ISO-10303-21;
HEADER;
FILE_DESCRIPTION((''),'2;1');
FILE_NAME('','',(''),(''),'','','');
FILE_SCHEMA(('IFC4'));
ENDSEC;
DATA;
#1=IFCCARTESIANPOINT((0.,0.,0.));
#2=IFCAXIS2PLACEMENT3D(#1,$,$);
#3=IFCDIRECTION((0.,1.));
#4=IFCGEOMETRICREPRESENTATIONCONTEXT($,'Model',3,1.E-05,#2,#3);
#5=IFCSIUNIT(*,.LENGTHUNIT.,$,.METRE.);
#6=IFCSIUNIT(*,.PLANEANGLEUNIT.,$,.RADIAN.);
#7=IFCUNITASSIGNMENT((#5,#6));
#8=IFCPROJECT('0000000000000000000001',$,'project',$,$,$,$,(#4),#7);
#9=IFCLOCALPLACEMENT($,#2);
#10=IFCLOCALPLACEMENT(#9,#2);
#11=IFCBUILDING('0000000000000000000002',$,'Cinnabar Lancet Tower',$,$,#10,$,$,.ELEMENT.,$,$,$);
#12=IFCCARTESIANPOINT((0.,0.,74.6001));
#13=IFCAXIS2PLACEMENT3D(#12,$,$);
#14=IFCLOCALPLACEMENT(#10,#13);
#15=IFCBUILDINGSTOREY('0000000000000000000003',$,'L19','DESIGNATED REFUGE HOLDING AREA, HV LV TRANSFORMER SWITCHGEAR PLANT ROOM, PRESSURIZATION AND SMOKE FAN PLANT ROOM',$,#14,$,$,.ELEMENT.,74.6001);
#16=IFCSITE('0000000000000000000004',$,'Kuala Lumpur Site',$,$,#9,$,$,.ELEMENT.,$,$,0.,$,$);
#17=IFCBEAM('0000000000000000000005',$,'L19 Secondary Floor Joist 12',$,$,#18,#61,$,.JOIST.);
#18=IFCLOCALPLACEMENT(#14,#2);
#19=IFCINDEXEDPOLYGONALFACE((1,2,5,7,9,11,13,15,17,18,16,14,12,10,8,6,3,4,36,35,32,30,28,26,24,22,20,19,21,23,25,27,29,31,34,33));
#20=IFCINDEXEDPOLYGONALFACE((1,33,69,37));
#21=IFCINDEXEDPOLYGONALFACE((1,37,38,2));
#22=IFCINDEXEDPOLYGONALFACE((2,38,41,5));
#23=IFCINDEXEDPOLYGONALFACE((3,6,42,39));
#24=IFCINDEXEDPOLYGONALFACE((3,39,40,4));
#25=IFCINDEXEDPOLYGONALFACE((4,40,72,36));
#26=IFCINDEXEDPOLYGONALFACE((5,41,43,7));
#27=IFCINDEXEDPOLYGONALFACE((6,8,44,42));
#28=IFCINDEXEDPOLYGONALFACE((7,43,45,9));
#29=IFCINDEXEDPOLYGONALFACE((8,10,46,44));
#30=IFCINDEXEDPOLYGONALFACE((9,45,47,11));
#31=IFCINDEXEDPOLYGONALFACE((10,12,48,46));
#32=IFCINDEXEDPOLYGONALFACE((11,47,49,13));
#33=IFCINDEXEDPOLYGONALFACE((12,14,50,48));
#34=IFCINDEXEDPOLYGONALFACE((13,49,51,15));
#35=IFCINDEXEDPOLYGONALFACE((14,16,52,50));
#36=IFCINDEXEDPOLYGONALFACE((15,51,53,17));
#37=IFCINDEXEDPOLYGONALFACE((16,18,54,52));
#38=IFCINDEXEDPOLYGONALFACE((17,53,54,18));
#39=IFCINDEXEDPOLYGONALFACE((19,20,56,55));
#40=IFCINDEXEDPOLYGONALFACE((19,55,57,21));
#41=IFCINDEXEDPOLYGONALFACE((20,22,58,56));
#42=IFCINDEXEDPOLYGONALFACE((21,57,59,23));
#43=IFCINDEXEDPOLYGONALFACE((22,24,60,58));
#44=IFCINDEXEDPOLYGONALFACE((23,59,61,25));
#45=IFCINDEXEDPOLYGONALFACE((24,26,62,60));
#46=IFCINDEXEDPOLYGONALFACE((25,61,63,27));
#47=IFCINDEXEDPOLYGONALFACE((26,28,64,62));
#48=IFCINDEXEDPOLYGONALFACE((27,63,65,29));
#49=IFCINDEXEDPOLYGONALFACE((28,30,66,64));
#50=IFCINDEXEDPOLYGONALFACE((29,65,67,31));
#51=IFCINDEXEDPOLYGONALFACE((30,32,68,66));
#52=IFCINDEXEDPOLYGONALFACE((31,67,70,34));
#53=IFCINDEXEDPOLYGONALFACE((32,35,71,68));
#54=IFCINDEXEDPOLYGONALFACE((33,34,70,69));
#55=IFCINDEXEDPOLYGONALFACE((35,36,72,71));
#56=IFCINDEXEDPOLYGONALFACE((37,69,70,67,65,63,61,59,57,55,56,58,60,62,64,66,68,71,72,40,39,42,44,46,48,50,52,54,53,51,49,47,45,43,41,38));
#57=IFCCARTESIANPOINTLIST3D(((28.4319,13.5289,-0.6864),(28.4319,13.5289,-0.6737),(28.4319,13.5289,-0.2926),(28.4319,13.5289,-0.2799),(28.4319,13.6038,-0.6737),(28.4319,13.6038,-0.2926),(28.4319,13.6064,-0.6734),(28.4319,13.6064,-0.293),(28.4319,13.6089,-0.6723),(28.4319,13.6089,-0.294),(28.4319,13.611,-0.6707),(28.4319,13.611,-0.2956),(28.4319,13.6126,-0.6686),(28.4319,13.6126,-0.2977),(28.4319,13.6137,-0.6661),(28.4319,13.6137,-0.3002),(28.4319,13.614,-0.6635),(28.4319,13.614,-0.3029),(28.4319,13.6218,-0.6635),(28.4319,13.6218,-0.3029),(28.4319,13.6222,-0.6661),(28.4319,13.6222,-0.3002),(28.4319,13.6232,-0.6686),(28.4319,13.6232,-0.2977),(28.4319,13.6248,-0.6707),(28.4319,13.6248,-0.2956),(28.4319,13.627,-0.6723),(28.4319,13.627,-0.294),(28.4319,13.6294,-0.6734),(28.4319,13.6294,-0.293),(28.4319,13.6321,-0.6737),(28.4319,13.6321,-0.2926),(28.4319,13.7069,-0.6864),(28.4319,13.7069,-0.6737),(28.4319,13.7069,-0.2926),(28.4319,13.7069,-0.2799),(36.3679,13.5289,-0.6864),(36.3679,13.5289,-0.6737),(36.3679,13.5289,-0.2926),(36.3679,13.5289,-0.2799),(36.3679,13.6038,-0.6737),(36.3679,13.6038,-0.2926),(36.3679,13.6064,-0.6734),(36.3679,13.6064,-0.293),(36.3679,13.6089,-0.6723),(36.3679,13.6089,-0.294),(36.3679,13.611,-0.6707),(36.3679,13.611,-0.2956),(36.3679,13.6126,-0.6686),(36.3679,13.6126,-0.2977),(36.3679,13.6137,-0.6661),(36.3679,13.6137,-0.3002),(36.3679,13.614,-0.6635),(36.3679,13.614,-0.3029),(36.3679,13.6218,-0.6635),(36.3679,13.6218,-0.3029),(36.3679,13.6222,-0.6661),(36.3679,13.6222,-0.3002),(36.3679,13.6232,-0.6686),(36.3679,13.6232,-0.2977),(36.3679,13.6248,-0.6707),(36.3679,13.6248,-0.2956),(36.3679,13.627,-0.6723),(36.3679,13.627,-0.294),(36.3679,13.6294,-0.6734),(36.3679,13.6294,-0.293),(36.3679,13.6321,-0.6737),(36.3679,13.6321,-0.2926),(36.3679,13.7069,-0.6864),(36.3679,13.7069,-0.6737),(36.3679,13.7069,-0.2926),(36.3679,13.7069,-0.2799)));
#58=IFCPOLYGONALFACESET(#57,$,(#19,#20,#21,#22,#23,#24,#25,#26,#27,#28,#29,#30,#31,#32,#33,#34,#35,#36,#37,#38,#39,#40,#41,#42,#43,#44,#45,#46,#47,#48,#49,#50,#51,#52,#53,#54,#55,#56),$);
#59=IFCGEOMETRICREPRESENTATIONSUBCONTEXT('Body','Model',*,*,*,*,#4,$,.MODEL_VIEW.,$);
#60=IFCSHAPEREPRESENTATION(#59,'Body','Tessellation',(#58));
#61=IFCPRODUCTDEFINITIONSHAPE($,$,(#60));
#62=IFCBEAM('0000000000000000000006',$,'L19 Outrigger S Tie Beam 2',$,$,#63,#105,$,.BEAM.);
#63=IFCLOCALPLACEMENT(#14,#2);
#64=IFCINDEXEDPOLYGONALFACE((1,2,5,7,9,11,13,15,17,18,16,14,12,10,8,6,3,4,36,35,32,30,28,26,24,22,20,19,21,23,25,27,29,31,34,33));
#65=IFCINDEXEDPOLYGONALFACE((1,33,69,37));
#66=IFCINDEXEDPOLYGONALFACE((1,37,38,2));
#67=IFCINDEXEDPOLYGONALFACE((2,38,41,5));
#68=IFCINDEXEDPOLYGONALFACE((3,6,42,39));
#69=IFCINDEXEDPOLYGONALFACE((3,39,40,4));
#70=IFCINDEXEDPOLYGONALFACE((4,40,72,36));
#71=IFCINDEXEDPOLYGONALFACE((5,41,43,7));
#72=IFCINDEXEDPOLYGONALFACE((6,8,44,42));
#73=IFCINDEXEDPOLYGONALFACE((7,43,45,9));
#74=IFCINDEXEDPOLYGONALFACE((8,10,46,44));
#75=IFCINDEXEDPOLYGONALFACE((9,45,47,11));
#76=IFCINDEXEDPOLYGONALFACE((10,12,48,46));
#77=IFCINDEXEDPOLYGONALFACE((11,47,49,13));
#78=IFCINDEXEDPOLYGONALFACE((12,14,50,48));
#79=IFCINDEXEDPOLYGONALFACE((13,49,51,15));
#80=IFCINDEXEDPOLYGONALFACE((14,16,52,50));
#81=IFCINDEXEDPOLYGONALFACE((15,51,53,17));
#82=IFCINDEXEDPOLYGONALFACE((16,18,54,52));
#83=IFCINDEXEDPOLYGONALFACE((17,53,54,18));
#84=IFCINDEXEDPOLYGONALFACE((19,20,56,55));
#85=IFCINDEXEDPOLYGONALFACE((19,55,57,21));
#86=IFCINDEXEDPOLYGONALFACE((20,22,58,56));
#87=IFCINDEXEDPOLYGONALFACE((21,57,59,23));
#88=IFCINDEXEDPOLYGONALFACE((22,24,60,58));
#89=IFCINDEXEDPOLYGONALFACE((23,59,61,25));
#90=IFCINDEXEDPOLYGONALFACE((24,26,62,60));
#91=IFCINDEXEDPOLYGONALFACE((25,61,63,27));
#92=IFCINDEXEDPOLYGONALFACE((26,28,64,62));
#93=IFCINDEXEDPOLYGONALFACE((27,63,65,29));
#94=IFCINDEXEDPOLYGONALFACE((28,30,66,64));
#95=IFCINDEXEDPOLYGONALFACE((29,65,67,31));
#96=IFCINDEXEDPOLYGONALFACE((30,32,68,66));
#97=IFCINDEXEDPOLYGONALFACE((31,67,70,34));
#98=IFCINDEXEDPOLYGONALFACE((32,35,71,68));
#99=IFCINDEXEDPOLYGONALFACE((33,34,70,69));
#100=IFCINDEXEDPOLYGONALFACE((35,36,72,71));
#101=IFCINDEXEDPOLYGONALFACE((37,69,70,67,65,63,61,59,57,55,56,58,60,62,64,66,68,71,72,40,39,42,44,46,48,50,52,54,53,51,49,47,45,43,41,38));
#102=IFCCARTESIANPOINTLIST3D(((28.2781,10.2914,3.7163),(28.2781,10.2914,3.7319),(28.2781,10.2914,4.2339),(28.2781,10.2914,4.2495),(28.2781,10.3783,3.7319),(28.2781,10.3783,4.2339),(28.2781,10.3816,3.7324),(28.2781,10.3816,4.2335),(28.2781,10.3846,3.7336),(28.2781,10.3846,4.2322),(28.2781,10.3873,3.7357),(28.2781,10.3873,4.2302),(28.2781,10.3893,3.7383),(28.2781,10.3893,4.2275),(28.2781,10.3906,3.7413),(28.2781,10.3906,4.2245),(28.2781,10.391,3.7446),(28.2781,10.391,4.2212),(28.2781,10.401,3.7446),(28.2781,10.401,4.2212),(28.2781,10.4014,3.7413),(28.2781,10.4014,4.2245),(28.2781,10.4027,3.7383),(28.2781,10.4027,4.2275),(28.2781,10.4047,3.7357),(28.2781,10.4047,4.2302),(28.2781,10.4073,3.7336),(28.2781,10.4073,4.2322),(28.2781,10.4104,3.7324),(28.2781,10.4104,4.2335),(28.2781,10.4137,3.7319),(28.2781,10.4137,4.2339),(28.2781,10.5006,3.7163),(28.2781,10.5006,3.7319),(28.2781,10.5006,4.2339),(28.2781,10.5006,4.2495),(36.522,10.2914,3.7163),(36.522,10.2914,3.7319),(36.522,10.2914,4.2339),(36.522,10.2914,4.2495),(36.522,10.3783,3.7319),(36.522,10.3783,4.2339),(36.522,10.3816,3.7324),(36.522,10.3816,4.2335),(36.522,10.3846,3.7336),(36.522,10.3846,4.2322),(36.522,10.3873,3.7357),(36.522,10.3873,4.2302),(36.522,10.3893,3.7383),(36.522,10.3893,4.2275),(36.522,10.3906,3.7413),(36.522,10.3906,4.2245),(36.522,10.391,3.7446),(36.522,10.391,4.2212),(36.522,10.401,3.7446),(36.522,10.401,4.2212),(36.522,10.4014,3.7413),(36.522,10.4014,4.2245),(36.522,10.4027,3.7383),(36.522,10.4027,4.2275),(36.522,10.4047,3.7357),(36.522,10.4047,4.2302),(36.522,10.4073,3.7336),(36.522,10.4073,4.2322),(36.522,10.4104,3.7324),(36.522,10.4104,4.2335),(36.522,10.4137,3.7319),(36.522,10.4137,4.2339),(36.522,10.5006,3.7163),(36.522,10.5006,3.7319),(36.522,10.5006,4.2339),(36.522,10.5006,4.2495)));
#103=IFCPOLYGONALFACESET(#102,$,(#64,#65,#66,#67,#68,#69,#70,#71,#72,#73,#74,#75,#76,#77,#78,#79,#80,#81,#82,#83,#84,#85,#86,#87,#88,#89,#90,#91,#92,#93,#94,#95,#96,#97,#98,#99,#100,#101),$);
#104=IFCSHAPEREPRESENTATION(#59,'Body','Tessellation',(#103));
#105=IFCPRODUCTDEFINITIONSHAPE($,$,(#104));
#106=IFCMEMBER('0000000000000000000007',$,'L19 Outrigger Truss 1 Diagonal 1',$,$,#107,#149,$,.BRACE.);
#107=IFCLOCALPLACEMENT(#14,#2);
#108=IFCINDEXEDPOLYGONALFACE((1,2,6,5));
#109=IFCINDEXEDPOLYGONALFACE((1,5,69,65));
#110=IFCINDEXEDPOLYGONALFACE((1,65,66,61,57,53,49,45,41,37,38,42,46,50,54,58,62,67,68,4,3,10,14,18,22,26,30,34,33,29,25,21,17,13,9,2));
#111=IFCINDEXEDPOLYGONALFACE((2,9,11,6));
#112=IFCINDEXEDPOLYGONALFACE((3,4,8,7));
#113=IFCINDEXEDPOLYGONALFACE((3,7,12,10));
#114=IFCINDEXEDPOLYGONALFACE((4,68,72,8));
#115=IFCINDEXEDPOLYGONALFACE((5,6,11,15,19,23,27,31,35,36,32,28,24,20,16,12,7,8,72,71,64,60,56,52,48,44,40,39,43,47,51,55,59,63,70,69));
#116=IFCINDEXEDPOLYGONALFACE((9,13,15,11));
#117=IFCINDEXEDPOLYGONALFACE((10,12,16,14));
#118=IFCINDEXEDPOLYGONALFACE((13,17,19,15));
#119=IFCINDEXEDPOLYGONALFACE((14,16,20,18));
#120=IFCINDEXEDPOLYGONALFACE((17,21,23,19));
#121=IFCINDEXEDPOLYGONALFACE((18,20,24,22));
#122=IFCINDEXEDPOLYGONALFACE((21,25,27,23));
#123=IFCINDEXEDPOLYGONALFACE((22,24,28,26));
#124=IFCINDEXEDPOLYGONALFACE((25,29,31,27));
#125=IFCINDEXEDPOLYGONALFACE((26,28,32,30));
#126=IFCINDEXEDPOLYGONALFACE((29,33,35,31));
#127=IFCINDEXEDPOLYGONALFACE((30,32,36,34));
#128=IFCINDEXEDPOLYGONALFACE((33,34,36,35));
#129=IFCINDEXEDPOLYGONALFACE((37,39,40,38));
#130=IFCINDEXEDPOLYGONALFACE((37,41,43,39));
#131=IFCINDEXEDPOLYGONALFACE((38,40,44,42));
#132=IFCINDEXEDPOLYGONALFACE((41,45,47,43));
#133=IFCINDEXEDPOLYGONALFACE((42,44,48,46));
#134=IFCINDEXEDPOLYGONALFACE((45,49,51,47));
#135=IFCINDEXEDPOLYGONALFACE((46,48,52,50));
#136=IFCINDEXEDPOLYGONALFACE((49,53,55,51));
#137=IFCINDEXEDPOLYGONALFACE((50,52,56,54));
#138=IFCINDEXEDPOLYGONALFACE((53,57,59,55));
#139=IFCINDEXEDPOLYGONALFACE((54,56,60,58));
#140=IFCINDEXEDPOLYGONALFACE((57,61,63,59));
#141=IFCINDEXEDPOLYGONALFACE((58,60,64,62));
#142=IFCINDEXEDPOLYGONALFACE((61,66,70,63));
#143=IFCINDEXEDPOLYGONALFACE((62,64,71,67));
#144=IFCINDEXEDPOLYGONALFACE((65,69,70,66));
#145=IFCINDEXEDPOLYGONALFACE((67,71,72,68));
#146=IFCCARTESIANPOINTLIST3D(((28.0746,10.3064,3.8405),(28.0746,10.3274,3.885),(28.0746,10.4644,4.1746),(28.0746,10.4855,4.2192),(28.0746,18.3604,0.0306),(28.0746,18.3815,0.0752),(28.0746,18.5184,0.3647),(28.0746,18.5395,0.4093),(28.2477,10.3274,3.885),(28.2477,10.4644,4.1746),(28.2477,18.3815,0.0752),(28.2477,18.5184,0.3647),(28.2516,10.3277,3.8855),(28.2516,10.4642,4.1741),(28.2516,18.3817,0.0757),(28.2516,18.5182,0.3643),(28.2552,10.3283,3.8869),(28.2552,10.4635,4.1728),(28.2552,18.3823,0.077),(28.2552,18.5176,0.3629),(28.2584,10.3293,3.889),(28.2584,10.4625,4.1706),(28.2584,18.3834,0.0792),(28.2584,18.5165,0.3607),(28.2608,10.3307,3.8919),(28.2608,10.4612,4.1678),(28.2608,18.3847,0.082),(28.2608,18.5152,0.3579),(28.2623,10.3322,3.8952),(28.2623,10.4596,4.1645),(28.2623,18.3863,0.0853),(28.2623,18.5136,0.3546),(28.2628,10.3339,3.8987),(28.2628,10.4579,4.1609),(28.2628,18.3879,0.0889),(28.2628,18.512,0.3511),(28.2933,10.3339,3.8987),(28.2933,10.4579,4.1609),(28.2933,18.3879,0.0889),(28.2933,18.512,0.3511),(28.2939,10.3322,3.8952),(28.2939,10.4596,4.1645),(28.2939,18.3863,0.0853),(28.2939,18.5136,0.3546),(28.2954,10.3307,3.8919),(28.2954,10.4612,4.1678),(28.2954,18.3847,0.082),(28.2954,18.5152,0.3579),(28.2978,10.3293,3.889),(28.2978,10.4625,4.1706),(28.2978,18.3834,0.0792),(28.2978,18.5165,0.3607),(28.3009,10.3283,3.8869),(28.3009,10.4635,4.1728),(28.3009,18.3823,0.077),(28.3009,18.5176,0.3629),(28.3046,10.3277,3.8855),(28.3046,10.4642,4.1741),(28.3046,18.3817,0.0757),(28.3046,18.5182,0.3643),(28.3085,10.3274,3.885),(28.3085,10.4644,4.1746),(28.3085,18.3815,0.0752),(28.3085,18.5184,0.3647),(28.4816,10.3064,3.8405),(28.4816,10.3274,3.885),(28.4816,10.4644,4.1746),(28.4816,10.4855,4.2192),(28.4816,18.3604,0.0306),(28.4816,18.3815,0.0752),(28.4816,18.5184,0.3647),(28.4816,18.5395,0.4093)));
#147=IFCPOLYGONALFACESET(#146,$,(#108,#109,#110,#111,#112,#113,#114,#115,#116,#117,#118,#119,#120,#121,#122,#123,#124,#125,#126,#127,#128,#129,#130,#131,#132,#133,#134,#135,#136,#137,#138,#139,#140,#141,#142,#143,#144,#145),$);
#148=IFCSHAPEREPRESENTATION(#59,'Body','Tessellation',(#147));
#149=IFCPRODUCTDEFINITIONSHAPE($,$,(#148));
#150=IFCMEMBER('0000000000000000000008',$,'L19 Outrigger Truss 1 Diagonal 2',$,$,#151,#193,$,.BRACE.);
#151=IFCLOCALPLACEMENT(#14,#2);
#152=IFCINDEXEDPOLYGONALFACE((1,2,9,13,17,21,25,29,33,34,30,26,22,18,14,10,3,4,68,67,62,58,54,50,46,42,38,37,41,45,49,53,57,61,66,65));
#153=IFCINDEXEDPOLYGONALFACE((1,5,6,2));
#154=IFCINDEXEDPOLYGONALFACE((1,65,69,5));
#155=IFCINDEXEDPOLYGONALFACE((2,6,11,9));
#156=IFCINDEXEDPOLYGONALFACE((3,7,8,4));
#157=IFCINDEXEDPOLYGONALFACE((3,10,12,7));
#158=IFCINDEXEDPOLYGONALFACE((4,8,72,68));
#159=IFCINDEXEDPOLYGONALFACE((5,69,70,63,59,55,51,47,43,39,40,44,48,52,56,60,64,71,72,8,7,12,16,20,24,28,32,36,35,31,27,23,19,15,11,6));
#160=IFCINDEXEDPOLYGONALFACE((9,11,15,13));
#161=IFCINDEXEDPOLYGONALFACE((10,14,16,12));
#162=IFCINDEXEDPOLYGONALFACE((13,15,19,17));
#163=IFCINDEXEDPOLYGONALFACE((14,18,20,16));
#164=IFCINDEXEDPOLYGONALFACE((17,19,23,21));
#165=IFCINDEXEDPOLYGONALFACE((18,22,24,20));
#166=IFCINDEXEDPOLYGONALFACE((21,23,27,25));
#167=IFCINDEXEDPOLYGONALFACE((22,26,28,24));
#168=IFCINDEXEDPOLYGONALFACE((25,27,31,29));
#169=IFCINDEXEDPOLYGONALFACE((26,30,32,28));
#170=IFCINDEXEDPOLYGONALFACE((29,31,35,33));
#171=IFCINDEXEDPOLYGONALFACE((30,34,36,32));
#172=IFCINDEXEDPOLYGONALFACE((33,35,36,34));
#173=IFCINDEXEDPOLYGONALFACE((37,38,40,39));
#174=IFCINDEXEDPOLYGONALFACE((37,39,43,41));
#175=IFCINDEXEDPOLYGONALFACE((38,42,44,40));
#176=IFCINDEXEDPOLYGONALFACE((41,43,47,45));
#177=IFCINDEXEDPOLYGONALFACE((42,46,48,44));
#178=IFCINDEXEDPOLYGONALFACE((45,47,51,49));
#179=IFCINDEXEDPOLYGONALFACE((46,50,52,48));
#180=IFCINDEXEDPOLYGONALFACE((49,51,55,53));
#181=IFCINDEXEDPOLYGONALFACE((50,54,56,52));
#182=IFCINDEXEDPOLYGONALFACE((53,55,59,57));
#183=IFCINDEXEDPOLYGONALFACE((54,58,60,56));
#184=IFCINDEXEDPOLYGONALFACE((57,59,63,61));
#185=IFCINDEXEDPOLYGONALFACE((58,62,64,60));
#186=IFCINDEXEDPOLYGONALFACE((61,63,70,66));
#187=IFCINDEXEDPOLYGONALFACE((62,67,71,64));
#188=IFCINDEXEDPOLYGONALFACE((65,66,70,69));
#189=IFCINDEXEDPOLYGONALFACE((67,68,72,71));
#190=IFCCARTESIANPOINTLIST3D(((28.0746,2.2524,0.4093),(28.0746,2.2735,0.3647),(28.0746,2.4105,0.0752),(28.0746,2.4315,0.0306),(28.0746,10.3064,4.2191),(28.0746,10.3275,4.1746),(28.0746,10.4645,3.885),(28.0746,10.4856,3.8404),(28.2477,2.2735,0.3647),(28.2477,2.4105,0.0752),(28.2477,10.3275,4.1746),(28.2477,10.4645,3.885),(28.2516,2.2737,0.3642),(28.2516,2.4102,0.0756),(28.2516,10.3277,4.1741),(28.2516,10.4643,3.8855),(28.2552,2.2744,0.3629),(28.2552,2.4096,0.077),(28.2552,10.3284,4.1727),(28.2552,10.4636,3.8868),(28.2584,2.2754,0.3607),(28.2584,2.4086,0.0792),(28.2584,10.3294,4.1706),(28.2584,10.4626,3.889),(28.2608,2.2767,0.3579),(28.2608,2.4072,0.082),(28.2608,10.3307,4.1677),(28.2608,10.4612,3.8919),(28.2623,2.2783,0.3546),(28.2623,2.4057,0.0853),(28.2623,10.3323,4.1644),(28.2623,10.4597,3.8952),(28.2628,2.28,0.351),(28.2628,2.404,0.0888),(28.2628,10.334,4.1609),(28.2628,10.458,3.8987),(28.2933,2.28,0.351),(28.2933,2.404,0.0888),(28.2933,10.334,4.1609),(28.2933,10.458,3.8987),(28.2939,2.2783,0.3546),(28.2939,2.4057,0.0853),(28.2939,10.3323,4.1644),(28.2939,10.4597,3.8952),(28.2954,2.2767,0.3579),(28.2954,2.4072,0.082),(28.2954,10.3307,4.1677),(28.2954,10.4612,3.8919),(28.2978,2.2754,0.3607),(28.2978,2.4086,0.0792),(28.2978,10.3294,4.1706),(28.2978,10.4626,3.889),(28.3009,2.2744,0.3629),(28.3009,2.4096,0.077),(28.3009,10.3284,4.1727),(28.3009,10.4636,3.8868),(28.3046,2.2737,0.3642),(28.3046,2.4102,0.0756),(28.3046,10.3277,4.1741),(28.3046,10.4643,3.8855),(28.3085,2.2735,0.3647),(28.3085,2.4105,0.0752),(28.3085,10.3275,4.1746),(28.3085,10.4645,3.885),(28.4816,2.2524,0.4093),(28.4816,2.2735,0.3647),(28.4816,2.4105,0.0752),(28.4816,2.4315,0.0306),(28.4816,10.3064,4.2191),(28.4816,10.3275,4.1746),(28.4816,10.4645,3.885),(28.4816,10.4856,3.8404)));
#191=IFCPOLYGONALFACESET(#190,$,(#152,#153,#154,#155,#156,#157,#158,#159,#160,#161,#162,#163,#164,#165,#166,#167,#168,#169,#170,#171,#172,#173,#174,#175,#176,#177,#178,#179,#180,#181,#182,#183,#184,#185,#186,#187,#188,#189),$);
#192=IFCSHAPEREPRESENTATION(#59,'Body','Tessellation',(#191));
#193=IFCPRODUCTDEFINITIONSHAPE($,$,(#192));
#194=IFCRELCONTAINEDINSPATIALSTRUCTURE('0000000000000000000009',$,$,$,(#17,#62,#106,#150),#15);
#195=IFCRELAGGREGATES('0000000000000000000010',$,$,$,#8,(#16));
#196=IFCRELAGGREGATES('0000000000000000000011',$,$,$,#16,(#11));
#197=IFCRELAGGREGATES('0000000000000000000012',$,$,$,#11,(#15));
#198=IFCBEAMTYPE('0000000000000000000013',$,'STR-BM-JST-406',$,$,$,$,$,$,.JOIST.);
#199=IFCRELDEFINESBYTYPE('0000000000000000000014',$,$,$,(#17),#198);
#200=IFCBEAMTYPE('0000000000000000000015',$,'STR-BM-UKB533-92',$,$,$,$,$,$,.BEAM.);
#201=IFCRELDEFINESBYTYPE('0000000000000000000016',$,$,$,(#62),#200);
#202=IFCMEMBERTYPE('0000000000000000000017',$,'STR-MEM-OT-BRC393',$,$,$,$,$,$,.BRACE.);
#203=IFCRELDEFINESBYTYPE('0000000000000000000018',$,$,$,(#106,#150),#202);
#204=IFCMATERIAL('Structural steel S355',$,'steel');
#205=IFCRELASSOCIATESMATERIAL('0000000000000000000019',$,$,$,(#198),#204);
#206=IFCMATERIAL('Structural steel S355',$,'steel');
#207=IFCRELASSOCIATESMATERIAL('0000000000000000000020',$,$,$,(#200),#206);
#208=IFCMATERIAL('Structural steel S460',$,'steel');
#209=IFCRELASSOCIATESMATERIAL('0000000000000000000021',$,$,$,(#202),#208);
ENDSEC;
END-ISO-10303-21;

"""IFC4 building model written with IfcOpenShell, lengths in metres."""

from ifc_helpers import new_model, si_unit, direction, frame, origin, origin_2d, place, context, subcontext, project, spatial, i_section, extrude, material, material_profile, profile_set, type_object, element, save


model = new_model("IFC4")

# Units and contexts
model_context = context("Model", 3, precision=1e-05, world=origin(), true_north=direction((0.0, 1.0)))
body_context = subcontext(model_context, "Body", "Model", "MODEL_VIEW")
ifc_project = project(units=[si_unit("LENGTHUNIT", "METRE"), si_unit("PLANEANGLEUNIT", "RADIAN")], contexts=[model_context])

# Site, building, storey
site_placement = place(None, origin())
site = spatial("IfcSite", under=ifc_project, at=site_placement, Name="Kuala Lumpur Site", CompositionType="ELEMENT", RefElevation=0.0)
building_placement = place(site_placement, origin())
building = spatial("IfcBuilding", under=site, at=building_placement, Name="Cinnabar Lancet Tower", CompositionType="ELEMENT")
storey_placement = place(building_placement, frame((0.0, 0.0, 74.6001)))
storey = spatial("IfcBuildingStorey", under=building, at=storey_placement, Name="L19", Description="DESIGNATED REFUGE HOLDING AREA, HV LV TRANSFORMER SWITCHGEAR PLANT ROOM, PRESSURIZATION AND SMOKE FAN PLANT ROOM", CompositionType="ELEMENT", Elevation=74.6001)

# Beams
ifc_material_1 = material(Name="Structural steel S355", Category="steel")
ifc_material_profile_1 = material_profile(ifc_material_1, i_section(OverallWidth=0.178, OverallDepth=0.4065, WebThickness=0.0078, FlangeThickness=0.0127, FilletRadius=0.0103, at=origin_2d()), Name="UKB 406x178x60")
ifc_profile_set_1 = profile_set([ifc_material_profile_1], Name="Structural steel S355")
beam_type_1 = type_object("IfcBeamType", Name="STR-BM-JST-406", PredefinedType="JOIST", material=ifc_profile_set_1)
beam_1_placement = place(storey_placement, frame((28.4319, 13.6179, -0.4832), z_axis=(1.0, 0.0, 0.0), x_axis=(0.0, 1.0, 0.0)))
element("IfcBeam", 1, at=beam_1_placement, inside=storey, type_object=beam_type_1, Name="L19 Secondary Floor Joist 12", PredefinedType="JOIST", context=body_context, shape_type="SweptSolid", body=[
    extrude(i_section(OverallWidth=0.178, OverallDepth=0.4065, WebThickness=0.0078, FlangeThickness=0.0127, FilletRadius=0.0103, at=origin_2d()), origin(), (0.0, 0.0, 1.0), 7.936),
])
ifc_material_2 = material(Name="Structural steel S355", Category="steel")
ifc_material_profile_2 = material_profile(ifc_material_2, i_section(OverallWidth=0.2092, OverallDepth=0.5332, WebThickness=0.01, FlangeThickness=0.0156, FilletRadius=0.0127, at=origin_2d()), Name="UKB 533x210x92")
ifc_profile_set_2 = profile_set([ifc_material_profile_2], Name="Structural steel S355")
beam_type_2 = type_object("IfcBeamType", Name="STR-BM-UKB533-92", PredefinedType="BEAM", material=ifc_profile_set_2)
beam_2_placement = place(storey_placement, frame((28.2781, 10.396, 3.9829), z_axis=(1.0, 0.0, 0.0), x_axis=(0.0, 1.0, 0.0)))
element("IfcBeam", 2, at=beam_2_placement, inside=storey, type_object=beam_type_2, Name="L19 Outrigger S Tie Beam 2", PredefinedType="BEAM", context=body_context, shape_type="SweptSolid", body=[
    extrude(i_section(OverallWidth=0.2092, OverallDepth=0.5332, WebThickness=0.01, FlangeThickness=0.0156, FilletRadius=0.0127, at=origin_2d()), origin(), (0.0, 0.0, 1.0), 8.2439),
])

# Members
ifc_material_3 = material(Name="Structural steel S460", Category="steel")
ifc_material_profile_3 = material_profile(ifc_material_3, i_section(OverallWidth=0.407, OverallDepth=0.4189, WebThickness=0.0305, FlangeThickness=0.0493, FilletRadius=0.0151, at=origin_2d()), Name="UKC 356x406x393")
ifc_profile_set_3 = profile_set([ifc_material_profile_3], Name="Structural steel S460")
member_type_1 = type_object("IfcMemberType", Name="STR-MEM-OT-BRC393", PredefinedType="BRACE", material=ifc_profile_set_3)
for number, where, z_axis, x_axis, name in (
    (3, (28.2781, 18.45, 0.22), (0.0, -0.903964, 0.427608), (1.0, 0.0, 0.0), "L19 Outrigger Truss 1 Diagonal 1"),
    (4, (28.2781, 10.396, 4.0298), (0.0, -0.903964, -0.427608), (1.0, 0.0, 0.0), "L19 Outrigger Truss 1 Diagonal 2"),
):
    element("IfcMember", number, at=place(storey_placement, frame(where, z_axis=z_axis, x_axis=x_axis)), inside=storey, type_object=member_type_1, Name=name, PredefinedType="BRACE", context=body_context, shape_type="SweptSolid", body=[
        extrude(i_section(OverallWidth=0.407, OverallDepth=0.4189, WebThickness=0.0305, FlangeThickness=0.0493, FilletRadius=0.0151, at=origin_2d()), origin(), (0.0, 0.0, 1.0), 8.9097),
    ])

save(model, "model.ifc")
